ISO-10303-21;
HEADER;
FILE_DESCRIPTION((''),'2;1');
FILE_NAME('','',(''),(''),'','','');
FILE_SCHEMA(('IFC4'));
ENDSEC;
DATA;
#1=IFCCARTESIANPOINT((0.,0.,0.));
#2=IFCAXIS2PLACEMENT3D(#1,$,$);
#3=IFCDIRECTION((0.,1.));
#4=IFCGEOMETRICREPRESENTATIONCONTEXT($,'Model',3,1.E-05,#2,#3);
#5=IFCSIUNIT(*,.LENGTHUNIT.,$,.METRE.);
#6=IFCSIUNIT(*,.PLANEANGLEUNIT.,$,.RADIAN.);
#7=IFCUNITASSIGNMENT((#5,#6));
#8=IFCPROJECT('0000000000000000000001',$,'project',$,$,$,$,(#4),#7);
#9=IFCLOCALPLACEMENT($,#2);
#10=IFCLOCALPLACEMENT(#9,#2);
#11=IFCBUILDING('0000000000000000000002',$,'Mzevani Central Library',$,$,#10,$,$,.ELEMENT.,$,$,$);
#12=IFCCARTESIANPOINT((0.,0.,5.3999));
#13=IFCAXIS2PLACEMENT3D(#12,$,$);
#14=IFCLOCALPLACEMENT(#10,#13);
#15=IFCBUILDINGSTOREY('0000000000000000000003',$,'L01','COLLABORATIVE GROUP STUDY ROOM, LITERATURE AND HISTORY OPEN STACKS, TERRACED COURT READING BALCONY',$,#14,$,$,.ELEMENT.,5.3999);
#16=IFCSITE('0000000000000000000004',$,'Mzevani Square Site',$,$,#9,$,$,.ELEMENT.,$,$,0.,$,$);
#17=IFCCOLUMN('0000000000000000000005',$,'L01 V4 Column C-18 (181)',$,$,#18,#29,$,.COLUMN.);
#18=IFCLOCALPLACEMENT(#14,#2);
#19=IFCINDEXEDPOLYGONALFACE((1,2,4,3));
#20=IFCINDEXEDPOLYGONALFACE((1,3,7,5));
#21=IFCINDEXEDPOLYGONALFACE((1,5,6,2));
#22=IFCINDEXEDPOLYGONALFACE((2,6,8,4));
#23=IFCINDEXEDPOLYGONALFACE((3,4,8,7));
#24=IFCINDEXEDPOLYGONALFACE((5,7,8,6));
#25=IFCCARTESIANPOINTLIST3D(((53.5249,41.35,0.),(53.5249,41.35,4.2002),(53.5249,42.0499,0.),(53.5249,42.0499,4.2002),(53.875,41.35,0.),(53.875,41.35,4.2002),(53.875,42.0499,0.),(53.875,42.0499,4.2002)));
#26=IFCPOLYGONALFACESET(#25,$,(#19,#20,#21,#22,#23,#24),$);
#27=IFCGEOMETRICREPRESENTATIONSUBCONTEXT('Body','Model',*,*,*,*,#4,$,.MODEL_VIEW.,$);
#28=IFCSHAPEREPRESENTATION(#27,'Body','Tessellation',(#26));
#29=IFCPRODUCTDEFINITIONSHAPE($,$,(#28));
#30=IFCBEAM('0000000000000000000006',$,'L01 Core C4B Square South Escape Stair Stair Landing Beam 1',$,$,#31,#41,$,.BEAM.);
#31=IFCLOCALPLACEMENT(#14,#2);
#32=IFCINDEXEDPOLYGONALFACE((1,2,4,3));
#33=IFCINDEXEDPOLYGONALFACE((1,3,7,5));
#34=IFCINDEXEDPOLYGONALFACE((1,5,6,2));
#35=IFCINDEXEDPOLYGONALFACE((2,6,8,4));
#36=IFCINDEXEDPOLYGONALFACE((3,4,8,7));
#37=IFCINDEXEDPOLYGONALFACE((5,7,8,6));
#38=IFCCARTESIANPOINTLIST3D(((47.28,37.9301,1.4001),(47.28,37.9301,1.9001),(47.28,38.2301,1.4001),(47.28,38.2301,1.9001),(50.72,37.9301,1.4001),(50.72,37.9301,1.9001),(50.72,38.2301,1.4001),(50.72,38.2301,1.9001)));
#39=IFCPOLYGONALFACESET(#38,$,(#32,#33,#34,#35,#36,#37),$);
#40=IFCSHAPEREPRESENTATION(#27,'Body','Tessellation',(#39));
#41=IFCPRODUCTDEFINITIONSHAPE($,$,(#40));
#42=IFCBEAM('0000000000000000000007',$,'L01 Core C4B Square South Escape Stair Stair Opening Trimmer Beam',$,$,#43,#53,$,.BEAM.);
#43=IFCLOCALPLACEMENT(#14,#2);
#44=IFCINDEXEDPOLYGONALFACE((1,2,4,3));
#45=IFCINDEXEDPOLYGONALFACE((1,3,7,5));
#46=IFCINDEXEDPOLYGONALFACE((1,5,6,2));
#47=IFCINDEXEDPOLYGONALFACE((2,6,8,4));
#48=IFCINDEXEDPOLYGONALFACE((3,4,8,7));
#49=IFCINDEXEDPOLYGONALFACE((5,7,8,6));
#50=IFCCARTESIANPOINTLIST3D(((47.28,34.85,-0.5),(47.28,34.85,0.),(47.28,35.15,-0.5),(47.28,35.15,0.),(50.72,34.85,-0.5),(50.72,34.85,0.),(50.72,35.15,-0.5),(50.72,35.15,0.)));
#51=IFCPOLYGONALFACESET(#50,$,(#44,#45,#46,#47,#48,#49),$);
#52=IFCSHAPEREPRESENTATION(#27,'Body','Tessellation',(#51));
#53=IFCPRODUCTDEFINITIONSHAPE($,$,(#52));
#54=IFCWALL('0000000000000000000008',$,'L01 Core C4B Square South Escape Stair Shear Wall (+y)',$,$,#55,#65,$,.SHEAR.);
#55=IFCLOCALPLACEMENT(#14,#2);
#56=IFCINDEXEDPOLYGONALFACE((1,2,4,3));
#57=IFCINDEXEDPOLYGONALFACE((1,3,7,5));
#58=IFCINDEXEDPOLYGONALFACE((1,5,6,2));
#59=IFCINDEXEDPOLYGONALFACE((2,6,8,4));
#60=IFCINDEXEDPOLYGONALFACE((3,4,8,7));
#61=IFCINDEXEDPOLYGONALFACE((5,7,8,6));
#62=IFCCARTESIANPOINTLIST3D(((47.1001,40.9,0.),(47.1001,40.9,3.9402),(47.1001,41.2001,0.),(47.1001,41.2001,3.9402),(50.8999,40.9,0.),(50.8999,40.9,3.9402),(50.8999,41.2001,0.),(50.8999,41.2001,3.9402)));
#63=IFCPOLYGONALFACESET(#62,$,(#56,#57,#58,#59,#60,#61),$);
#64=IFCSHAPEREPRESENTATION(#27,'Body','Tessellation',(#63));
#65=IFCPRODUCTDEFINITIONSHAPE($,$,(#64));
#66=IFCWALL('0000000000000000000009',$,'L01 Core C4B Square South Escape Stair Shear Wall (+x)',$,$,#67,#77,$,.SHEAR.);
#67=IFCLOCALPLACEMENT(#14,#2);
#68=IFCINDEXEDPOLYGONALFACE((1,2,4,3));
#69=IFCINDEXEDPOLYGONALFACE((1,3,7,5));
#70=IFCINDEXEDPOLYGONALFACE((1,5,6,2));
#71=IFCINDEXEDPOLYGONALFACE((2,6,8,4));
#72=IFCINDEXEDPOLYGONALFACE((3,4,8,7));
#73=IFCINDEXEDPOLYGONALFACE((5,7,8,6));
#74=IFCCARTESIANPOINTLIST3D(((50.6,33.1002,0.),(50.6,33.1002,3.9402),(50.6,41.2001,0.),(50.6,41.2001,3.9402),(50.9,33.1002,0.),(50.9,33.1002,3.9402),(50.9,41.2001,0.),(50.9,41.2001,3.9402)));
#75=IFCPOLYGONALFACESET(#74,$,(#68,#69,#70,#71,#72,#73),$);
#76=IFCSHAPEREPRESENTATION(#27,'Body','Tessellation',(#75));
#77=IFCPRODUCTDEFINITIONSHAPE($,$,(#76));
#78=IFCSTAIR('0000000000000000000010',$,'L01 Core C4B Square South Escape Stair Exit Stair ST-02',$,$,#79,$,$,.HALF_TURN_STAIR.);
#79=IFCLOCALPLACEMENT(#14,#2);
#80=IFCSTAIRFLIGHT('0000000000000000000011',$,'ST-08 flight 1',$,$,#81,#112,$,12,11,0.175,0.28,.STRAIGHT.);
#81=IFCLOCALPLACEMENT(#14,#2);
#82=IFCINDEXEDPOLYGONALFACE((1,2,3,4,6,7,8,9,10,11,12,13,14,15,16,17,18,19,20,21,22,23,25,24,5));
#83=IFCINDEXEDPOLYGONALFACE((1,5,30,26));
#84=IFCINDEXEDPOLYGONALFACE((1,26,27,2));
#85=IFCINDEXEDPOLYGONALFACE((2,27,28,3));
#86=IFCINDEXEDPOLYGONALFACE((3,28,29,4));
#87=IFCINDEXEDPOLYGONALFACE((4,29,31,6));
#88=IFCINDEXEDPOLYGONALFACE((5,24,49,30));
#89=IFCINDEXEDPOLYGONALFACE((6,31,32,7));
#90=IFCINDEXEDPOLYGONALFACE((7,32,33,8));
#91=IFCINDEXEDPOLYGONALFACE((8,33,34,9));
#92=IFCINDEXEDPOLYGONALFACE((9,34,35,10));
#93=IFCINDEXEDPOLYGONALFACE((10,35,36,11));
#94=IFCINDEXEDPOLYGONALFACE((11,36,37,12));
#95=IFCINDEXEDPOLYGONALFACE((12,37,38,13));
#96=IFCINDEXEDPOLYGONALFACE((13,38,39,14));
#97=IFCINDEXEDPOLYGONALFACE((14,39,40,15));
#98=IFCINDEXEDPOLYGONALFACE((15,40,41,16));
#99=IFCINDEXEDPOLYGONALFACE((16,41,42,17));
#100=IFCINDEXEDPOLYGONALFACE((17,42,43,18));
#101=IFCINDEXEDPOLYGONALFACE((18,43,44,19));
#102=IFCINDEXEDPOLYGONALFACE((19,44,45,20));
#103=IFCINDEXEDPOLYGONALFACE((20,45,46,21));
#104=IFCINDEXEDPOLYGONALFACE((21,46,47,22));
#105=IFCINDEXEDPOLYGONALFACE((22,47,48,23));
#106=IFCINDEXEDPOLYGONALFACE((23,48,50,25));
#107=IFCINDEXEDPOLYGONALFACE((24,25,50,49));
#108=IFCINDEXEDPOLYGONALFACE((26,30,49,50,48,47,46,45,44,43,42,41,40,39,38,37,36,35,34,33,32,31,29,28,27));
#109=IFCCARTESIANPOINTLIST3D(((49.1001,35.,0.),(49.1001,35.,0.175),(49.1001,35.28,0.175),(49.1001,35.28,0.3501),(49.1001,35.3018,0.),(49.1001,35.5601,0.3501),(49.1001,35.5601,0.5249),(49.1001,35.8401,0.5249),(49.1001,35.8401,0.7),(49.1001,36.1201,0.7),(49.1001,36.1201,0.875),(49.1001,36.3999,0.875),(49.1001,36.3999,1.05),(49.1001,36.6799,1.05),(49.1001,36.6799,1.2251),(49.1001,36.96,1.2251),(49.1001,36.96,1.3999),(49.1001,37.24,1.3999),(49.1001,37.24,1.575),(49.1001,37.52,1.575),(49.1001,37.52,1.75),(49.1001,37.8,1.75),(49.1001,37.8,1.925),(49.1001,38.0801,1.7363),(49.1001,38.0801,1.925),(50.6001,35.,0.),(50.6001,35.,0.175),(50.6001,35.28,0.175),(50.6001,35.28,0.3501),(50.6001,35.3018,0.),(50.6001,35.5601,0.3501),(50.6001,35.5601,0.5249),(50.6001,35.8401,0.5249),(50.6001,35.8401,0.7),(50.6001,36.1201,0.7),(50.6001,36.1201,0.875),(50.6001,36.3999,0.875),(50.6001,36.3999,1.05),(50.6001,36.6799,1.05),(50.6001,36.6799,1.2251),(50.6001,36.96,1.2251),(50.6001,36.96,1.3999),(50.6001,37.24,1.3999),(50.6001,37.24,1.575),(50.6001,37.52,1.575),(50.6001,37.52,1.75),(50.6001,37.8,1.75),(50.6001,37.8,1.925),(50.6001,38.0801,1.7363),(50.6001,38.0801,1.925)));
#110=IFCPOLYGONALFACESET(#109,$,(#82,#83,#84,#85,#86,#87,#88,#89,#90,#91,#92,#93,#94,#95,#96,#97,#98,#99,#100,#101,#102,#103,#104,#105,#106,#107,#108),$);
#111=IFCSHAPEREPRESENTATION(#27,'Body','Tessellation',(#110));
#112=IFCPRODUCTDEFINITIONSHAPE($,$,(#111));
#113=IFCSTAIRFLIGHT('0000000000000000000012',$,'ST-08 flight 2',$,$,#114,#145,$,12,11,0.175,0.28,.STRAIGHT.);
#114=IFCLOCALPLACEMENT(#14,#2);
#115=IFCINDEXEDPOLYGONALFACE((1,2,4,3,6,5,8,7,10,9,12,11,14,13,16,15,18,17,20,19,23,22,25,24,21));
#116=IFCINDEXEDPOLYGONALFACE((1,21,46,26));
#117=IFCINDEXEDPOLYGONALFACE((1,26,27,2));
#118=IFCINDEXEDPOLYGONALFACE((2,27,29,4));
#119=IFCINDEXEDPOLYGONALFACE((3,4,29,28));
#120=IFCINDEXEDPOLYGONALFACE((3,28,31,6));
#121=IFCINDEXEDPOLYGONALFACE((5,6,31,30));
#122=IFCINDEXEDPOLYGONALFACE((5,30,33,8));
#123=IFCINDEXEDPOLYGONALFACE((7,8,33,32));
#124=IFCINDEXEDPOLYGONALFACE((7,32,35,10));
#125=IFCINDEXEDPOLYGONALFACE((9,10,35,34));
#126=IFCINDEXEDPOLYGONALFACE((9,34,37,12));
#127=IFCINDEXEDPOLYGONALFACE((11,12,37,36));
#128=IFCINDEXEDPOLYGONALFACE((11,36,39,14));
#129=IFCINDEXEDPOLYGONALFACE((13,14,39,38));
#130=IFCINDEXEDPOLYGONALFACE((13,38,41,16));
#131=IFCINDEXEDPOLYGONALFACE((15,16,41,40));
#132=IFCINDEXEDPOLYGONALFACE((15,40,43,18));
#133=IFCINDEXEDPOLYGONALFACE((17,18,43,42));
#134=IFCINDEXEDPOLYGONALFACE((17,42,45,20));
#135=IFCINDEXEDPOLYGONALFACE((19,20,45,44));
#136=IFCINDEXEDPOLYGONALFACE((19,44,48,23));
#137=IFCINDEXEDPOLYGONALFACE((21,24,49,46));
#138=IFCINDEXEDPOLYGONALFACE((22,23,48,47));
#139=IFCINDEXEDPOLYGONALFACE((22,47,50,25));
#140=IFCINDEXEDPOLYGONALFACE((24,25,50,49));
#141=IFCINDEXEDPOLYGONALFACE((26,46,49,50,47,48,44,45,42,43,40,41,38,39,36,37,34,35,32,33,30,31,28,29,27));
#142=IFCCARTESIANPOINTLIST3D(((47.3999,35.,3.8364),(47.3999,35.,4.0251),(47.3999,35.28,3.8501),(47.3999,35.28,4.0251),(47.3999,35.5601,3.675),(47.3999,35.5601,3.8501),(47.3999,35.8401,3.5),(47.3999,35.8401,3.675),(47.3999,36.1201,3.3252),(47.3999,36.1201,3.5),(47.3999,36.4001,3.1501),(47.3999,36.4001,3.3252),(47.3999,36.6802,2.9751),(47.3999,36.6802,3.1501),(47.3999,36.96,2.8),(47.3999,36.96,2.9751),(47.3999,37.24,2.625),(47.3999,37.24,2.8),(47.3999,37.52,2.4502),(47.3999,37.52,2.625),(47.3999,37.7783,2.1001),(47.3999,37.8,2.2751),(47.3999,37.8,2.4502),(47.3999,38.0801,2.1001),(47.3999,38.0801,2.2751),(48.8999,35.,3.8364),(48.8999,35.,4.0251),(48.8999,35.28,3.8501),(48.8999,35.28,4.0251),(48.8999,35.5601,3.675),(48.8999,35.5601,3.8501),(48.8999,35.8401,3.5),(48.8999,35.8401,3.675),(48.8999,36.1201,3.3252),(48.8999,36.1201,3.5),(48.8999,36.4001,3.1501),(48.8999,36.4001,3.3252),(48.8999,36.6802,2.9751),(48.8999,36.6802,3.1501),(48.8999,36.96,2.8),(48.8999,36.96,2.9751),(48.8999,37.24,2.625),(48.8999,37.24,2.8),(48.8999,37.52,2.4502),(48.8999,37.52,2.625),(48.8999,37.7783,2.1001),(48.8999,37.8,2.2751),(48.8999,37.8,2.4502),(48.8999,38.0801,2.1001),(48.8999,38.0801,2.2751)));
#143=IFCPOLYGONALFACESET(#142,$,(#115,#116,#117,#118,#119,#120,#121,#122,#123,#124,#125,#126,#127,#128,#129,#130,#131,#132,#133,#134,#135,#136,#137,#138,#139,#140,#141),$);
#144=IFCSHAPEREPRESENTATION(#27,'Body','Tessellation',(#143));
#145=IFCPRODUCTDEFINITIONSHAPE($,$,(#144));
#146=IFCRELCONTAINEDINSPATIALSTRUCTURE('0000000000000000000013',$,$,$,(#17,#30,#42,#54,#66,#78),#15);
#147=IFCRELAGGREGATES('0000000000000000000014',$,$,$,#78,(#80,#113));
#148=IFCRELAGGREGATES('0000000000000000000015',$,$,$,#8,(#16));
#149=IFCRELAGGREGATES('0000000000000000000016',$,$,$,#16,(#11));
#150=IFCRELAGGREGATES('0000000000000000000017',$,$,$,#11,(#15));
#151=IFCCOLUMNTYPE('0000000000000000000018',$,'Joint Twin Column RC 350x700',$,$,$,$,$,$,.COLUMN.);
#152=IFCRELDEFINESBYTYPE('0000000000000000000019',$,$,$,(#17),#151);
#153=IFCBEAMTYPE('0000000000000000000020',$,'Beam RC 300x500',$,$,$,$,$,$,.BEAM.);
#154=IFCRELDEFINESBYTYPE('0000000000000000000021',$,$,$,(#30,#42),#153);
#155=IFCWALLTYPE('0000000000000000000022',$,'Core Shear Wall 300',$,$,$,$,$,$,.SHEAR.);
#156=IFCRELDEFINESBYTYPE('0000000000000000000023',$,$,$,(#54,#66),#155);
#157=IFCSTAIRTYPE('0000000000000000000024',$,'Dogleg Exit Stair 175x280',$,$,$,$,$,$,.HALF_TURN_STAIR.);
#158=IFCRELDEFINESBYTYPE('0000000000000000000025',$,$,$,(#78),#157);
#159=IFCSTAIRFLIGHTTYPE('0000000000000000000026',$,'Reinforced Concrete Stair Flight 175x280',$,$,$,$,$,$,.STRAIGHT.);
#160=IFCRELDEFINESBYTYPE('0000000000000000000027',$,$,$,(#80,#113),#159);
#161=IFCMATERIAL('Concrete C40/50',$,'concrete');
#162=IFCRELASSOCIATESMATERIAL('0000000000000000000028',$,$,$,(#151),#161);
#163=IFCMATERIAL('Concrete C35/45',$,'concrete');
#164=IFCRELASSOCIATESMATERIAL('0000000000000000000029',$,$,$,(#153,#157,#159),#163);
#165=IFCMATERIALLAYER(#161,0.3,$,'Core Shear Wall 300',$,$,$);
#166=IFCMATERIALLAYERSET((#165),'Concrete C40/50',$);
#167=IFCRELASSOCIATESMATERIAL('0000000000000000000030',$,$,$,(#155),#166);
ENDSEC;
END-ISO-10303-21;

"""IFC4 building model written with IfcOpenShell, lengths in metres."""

from ifc_helpers import new_model, si_unit, direction, frame, frame_2d, origin, origin_2d, place, context, subcontext, project, spatial, polyline, rectangle, outline, extrude, material, layer, layer_set, material_profile, profile_set, type_object, element, aggregate, save


model = new_model("IFC4")

# Units and contexts
model_context = context("Model", 3, precision=1e-05, world=origin(), true_north=direction((0.0, 1.0)))
body_context = subcontext(model_context, "Body", "Model", "MODEL_VIEW")
ifc_project = project(units=[si_unit("LENGTHUNIT", "METRE"), si_unit("PLANEANGLEUNIT", "RADIAN")], contexts=[model_context])

# Site, building, storey
site_placement = place(None, origin())
site = spatial("IfcSite", under=ifc_project, at=site_placement, Name="Mzevani Square Site", CompositionType="ELEMENT", RefElevation=0.0)
building_placement = place(site_placement, origin())
building = spatial("IfcBuilding", under=site, at=building_placement, Name="Mzevani Central Library", CompositionType="ELEMENT")
storey_placement = place(building_placement, frame((0.0, 0.0, 5.3999)))
storey = spatial("IfcBuildingStorey", under=building, at=storey_placement, Name="L01", Description="COLLABORATIVE GROUP STUDY ROOM, LITERATURE AND HISTORY OPEN STACKS, TERRACED COURT READING BALCONY", CompositionType="ELEMENT", Elevation=5.3999)

# Column
ifc_material_1 = material(Name="Concrete C40/50", Category="concrete")
ifc_material_profile_1 = material_profile(ifc_material_1, rectangle(XDim=0.3501, YDim=0.7, at=origin_2d()), Name="RC 350x700")
ifc_profile_set_1 = profile_set([ifc_material_profile_1], Name="Concrete C40/50")
column_type = type_object("IfcColumnType", Name="Joint Twin Column RC 350x700", PredefinedType="COLUMN", material=ifc_profile_set_1)
column_placement = place(storey_placement, frame((53.7, 41.7, 0.0), z_axis=(0.0, 0.0, 1.0), x_axis=(1.0, 0.0, 0.0)))
element("IfcColumn", 1, at=column_placement, inside=storey, type_object=column_type, Name="L01 V4 Column C-18 (181)", PredefinedType="COLUMN", context=body_context, shape_type="SweptSolid", body=[
    extrude(rectangle(XDim=0.3501, YDim=0.7, at=origin_2d()), origin(), (0.0, 0.0, 1.0), 4.2002),
])

# Beams
ifc_material_2 = material(Name="Concrete C35/45", Category="concrete")
ifc_material_profile_2 = material_profile(ifc_material_2, rectangle(XDim=0.3, YDim=0.5, at=origin_2d()), Name="RC B300x500")
ifc_profile_set_2 = profile_set([ifc_material_profile_2], Name="Concrete C35/45")
beam_type = type_object("IfcBeamType", Name="Beam RC 300x500", PredefinedType="BEAM", material=ifc_profile_set_2)
for number, where, z_axis, x_axis, name in (
    (2, (47.28, 38.0801, 1.6501), (1.0, 0.0, 0.0), (0.0, 1.0, 0.0), "L01 Core C4B Square South Escape Stair Stair Landing Beam 1"),
    (3, (47.28, 35.0, -0.25), (1.0, 0.0, 0.0), (0.0, 1.0, 0.0), "L01 Core C4B Square South Escape Stair Stair Opening Trimmer Beam"),
):
    element("IfcBeam", number, at=place(storey_placement, frame(where, z_axis=z_axis, x_axis=x_axis)), inside=storey, type_object=beam_type, Name=name, PredefinedType="BEAM", context=body_context, shape_type="SweptSolid", body=[
        extrude(rectangle(XDim=0.3, YDim=0.5, at=origin_2d()), origin(), (0.0, 0.0, 1.0), 3.4399),
    ])

# Walls
ifc_layer_1 = layer(ifc_material_1, 0.3, Name="Core Shear Wall 300")
ifc_layer_set_1 = layer_set([ifc_layer_1], Name="Concrete C40/50")
wall_type = type_object("IfcWallType", Name="Core Shear Wall 300", PredefinedType="SHEAR", material=ifc_layer_set_1)
wall_1_placement = place(storey_placement, frame((47.1001, 41.05, 0.0), z_axis=(0.0, 0.0, 1.0), x_axis=(1.0, 0.0, 0.0)))
element("IfcWall", 4, at=wall_1_placement, inside=storey, type_object=wall_type, Name="L01 Core C4B Square South Escape Stair Shear Wall (+y)", PredefinedType="SHEAR", context=body_context, shape_type="SweptSolid", body=[
    extrude(rectangle(XDim=3.7998, YDim=0.3, at=frame_2d((1.8999, 0.0))), origin(), (0.0, 0.0, 1.0), 3.9402),
])
wall_2_placement = place(storey_placement, frame((50.75, 41.2, 0.0), z_axis=(0.0, 0.0, 1.0), x_axis=(0.0, -1.0, 0.0)))
element("IfcWall", 5, at=wall_2_placement, inside=storey, type_object=wall_type, Name="L01 Core C4B Square South Escape Stair Shear Wall (+x)", PredefinedType="SHEAR", context=body_context, shape_type="SweptSolid", body=[
    extrude(rectangle(XDim=8.0999, YDim=0.3, at=frame_2d((4.0498, 0.0))), origin(), (0.0, 0.0, 1.0), 3.9402),
])

# Stair, stair flights
stair_type = type_object("IfcStairType", Name="Dogleg Exit Stair 175x280", PredefinedType="HALF_TURN_STAIR", material=ifc_material_2)
stair_placement = place(storey_placement, origin())
stair = element("IfcStair", 6, at=stair_placement, inside=storey, type_object=stair_type, Name="L01 Core C4B Square South Escape Stair Exit Stair ST-02", PredefinedType="HALF_TURN_STAIR")
stair_flight_type = type_object("IfcStairFlightType", Name="Reinforced Concrete Stair Flight 175x280", PredefinedType="STRAIGHT", material=ifc_material_2)
stair_flight_1_placement = place(storey_placement, frame((49.8501, 35.0, 0.0), z_axis=(0.0, 0.0, 1.0), x_axis=(0.0, 1.0, 0.0)))
stair_flight_1 = element("IfcStairFlight", 7, at=stair_flight_1_placement, type_object=stair_flight_type, Name="ST-08 flight 1", NumberOfRisers=12, NumberOfTreads=11, PredefinedType="STRAIGHT", RiserHeight=0.175, TreadLength=0.28, context=body_context, shape_type="SweptSolid", body=[
    extrude(outline(polyline([(0.0, 0.0), (0.0, 0.175), (0.28, 0.175), (0.28, 0.3501), (0.5601, 0.3501), (0.5601, 0.5249), (0.8401, 0.5249), (0.8401, 0.7), (1.1201, 0.7), (1.1201, 0.875), (1.3999, 0.875), (1.3999, 1.05), (1.6799, 1.05), (1.6799, 1.2251), (1.96, 1.2251), (1.96, 1.3999), (2.24, 1.3999), (2.24, 1.575), (2.52, 1.575), (2.52, 1.75), (2.8, 1.75), (2.8, 1.925), (3.0801, 1.925), (3.0801, 2.1001), (3.0801, 1.7363), (0.3018, 0.0), (0.0, 0.0)])), frame((0.0, 0.75, 0.0), z_axis=(0.0, -1.0, 0.0), x_axis=(1.0, 0.0, 0.0)), (0.0, 0.0, 1.0), 1.5),
])
stair_flight_2_placement = place(storey_placement, frame((48.1499, 38.0801, 2.1001), z_axis=(0.0, 0.0, 1.0), x_axis=(0.0, -1.0, 0.0)))
stair_flight_2 = element("IfcStairFlight", 8, at=stair_flight_2_placement, type_object=stair_flight_type, Name="ST-08 flight 2", NumberOfRisers=12, NumberOfTreads=11, PredefinedType="STRAIGHT", RiserHeight=0.175, TreadLength=0.28, context=body_context, shape_type="SweptSolid", body=[
    extrude(outline(polyline([(0.0, 0.0), (0.0, 0.175), (0.28, 0.175), (0.28, 0.3501), (0.5601, 0.3501), (0.5601, 0.5249), (0.8401, 0.5249), (0.8401, 0.7), (1.1201, 0.7), (1.1201, 0.875), (1.3999, 0.875), (1.3999, 1.05), (1.6799, 1.05), (1.6799, 1.2251), (1.96, 1.2251), (1.96, 1.3999), (2.24, 1.3999), (2.24, 1.575), (2.52, 1.575), (2.52, 1.75), (2.8, 1.75), (2.8, 1.925), (3.0801, 1.925), (3.0801, 2.1001), (3.0801, 1.7363), (0.3018, 0.0), (0.0, 0.0)])), frame((0.0, 0.75, 0.0), z_axis=(0.0, -1.0, 0.0), x_axis=(1.0, 0.0, 0.0)), (0.0, 0.0, 1.0), 1.5),
])
aggregate(stair, [stair_flight_1, stair_flight_2])

save(model, "model.ifc")
